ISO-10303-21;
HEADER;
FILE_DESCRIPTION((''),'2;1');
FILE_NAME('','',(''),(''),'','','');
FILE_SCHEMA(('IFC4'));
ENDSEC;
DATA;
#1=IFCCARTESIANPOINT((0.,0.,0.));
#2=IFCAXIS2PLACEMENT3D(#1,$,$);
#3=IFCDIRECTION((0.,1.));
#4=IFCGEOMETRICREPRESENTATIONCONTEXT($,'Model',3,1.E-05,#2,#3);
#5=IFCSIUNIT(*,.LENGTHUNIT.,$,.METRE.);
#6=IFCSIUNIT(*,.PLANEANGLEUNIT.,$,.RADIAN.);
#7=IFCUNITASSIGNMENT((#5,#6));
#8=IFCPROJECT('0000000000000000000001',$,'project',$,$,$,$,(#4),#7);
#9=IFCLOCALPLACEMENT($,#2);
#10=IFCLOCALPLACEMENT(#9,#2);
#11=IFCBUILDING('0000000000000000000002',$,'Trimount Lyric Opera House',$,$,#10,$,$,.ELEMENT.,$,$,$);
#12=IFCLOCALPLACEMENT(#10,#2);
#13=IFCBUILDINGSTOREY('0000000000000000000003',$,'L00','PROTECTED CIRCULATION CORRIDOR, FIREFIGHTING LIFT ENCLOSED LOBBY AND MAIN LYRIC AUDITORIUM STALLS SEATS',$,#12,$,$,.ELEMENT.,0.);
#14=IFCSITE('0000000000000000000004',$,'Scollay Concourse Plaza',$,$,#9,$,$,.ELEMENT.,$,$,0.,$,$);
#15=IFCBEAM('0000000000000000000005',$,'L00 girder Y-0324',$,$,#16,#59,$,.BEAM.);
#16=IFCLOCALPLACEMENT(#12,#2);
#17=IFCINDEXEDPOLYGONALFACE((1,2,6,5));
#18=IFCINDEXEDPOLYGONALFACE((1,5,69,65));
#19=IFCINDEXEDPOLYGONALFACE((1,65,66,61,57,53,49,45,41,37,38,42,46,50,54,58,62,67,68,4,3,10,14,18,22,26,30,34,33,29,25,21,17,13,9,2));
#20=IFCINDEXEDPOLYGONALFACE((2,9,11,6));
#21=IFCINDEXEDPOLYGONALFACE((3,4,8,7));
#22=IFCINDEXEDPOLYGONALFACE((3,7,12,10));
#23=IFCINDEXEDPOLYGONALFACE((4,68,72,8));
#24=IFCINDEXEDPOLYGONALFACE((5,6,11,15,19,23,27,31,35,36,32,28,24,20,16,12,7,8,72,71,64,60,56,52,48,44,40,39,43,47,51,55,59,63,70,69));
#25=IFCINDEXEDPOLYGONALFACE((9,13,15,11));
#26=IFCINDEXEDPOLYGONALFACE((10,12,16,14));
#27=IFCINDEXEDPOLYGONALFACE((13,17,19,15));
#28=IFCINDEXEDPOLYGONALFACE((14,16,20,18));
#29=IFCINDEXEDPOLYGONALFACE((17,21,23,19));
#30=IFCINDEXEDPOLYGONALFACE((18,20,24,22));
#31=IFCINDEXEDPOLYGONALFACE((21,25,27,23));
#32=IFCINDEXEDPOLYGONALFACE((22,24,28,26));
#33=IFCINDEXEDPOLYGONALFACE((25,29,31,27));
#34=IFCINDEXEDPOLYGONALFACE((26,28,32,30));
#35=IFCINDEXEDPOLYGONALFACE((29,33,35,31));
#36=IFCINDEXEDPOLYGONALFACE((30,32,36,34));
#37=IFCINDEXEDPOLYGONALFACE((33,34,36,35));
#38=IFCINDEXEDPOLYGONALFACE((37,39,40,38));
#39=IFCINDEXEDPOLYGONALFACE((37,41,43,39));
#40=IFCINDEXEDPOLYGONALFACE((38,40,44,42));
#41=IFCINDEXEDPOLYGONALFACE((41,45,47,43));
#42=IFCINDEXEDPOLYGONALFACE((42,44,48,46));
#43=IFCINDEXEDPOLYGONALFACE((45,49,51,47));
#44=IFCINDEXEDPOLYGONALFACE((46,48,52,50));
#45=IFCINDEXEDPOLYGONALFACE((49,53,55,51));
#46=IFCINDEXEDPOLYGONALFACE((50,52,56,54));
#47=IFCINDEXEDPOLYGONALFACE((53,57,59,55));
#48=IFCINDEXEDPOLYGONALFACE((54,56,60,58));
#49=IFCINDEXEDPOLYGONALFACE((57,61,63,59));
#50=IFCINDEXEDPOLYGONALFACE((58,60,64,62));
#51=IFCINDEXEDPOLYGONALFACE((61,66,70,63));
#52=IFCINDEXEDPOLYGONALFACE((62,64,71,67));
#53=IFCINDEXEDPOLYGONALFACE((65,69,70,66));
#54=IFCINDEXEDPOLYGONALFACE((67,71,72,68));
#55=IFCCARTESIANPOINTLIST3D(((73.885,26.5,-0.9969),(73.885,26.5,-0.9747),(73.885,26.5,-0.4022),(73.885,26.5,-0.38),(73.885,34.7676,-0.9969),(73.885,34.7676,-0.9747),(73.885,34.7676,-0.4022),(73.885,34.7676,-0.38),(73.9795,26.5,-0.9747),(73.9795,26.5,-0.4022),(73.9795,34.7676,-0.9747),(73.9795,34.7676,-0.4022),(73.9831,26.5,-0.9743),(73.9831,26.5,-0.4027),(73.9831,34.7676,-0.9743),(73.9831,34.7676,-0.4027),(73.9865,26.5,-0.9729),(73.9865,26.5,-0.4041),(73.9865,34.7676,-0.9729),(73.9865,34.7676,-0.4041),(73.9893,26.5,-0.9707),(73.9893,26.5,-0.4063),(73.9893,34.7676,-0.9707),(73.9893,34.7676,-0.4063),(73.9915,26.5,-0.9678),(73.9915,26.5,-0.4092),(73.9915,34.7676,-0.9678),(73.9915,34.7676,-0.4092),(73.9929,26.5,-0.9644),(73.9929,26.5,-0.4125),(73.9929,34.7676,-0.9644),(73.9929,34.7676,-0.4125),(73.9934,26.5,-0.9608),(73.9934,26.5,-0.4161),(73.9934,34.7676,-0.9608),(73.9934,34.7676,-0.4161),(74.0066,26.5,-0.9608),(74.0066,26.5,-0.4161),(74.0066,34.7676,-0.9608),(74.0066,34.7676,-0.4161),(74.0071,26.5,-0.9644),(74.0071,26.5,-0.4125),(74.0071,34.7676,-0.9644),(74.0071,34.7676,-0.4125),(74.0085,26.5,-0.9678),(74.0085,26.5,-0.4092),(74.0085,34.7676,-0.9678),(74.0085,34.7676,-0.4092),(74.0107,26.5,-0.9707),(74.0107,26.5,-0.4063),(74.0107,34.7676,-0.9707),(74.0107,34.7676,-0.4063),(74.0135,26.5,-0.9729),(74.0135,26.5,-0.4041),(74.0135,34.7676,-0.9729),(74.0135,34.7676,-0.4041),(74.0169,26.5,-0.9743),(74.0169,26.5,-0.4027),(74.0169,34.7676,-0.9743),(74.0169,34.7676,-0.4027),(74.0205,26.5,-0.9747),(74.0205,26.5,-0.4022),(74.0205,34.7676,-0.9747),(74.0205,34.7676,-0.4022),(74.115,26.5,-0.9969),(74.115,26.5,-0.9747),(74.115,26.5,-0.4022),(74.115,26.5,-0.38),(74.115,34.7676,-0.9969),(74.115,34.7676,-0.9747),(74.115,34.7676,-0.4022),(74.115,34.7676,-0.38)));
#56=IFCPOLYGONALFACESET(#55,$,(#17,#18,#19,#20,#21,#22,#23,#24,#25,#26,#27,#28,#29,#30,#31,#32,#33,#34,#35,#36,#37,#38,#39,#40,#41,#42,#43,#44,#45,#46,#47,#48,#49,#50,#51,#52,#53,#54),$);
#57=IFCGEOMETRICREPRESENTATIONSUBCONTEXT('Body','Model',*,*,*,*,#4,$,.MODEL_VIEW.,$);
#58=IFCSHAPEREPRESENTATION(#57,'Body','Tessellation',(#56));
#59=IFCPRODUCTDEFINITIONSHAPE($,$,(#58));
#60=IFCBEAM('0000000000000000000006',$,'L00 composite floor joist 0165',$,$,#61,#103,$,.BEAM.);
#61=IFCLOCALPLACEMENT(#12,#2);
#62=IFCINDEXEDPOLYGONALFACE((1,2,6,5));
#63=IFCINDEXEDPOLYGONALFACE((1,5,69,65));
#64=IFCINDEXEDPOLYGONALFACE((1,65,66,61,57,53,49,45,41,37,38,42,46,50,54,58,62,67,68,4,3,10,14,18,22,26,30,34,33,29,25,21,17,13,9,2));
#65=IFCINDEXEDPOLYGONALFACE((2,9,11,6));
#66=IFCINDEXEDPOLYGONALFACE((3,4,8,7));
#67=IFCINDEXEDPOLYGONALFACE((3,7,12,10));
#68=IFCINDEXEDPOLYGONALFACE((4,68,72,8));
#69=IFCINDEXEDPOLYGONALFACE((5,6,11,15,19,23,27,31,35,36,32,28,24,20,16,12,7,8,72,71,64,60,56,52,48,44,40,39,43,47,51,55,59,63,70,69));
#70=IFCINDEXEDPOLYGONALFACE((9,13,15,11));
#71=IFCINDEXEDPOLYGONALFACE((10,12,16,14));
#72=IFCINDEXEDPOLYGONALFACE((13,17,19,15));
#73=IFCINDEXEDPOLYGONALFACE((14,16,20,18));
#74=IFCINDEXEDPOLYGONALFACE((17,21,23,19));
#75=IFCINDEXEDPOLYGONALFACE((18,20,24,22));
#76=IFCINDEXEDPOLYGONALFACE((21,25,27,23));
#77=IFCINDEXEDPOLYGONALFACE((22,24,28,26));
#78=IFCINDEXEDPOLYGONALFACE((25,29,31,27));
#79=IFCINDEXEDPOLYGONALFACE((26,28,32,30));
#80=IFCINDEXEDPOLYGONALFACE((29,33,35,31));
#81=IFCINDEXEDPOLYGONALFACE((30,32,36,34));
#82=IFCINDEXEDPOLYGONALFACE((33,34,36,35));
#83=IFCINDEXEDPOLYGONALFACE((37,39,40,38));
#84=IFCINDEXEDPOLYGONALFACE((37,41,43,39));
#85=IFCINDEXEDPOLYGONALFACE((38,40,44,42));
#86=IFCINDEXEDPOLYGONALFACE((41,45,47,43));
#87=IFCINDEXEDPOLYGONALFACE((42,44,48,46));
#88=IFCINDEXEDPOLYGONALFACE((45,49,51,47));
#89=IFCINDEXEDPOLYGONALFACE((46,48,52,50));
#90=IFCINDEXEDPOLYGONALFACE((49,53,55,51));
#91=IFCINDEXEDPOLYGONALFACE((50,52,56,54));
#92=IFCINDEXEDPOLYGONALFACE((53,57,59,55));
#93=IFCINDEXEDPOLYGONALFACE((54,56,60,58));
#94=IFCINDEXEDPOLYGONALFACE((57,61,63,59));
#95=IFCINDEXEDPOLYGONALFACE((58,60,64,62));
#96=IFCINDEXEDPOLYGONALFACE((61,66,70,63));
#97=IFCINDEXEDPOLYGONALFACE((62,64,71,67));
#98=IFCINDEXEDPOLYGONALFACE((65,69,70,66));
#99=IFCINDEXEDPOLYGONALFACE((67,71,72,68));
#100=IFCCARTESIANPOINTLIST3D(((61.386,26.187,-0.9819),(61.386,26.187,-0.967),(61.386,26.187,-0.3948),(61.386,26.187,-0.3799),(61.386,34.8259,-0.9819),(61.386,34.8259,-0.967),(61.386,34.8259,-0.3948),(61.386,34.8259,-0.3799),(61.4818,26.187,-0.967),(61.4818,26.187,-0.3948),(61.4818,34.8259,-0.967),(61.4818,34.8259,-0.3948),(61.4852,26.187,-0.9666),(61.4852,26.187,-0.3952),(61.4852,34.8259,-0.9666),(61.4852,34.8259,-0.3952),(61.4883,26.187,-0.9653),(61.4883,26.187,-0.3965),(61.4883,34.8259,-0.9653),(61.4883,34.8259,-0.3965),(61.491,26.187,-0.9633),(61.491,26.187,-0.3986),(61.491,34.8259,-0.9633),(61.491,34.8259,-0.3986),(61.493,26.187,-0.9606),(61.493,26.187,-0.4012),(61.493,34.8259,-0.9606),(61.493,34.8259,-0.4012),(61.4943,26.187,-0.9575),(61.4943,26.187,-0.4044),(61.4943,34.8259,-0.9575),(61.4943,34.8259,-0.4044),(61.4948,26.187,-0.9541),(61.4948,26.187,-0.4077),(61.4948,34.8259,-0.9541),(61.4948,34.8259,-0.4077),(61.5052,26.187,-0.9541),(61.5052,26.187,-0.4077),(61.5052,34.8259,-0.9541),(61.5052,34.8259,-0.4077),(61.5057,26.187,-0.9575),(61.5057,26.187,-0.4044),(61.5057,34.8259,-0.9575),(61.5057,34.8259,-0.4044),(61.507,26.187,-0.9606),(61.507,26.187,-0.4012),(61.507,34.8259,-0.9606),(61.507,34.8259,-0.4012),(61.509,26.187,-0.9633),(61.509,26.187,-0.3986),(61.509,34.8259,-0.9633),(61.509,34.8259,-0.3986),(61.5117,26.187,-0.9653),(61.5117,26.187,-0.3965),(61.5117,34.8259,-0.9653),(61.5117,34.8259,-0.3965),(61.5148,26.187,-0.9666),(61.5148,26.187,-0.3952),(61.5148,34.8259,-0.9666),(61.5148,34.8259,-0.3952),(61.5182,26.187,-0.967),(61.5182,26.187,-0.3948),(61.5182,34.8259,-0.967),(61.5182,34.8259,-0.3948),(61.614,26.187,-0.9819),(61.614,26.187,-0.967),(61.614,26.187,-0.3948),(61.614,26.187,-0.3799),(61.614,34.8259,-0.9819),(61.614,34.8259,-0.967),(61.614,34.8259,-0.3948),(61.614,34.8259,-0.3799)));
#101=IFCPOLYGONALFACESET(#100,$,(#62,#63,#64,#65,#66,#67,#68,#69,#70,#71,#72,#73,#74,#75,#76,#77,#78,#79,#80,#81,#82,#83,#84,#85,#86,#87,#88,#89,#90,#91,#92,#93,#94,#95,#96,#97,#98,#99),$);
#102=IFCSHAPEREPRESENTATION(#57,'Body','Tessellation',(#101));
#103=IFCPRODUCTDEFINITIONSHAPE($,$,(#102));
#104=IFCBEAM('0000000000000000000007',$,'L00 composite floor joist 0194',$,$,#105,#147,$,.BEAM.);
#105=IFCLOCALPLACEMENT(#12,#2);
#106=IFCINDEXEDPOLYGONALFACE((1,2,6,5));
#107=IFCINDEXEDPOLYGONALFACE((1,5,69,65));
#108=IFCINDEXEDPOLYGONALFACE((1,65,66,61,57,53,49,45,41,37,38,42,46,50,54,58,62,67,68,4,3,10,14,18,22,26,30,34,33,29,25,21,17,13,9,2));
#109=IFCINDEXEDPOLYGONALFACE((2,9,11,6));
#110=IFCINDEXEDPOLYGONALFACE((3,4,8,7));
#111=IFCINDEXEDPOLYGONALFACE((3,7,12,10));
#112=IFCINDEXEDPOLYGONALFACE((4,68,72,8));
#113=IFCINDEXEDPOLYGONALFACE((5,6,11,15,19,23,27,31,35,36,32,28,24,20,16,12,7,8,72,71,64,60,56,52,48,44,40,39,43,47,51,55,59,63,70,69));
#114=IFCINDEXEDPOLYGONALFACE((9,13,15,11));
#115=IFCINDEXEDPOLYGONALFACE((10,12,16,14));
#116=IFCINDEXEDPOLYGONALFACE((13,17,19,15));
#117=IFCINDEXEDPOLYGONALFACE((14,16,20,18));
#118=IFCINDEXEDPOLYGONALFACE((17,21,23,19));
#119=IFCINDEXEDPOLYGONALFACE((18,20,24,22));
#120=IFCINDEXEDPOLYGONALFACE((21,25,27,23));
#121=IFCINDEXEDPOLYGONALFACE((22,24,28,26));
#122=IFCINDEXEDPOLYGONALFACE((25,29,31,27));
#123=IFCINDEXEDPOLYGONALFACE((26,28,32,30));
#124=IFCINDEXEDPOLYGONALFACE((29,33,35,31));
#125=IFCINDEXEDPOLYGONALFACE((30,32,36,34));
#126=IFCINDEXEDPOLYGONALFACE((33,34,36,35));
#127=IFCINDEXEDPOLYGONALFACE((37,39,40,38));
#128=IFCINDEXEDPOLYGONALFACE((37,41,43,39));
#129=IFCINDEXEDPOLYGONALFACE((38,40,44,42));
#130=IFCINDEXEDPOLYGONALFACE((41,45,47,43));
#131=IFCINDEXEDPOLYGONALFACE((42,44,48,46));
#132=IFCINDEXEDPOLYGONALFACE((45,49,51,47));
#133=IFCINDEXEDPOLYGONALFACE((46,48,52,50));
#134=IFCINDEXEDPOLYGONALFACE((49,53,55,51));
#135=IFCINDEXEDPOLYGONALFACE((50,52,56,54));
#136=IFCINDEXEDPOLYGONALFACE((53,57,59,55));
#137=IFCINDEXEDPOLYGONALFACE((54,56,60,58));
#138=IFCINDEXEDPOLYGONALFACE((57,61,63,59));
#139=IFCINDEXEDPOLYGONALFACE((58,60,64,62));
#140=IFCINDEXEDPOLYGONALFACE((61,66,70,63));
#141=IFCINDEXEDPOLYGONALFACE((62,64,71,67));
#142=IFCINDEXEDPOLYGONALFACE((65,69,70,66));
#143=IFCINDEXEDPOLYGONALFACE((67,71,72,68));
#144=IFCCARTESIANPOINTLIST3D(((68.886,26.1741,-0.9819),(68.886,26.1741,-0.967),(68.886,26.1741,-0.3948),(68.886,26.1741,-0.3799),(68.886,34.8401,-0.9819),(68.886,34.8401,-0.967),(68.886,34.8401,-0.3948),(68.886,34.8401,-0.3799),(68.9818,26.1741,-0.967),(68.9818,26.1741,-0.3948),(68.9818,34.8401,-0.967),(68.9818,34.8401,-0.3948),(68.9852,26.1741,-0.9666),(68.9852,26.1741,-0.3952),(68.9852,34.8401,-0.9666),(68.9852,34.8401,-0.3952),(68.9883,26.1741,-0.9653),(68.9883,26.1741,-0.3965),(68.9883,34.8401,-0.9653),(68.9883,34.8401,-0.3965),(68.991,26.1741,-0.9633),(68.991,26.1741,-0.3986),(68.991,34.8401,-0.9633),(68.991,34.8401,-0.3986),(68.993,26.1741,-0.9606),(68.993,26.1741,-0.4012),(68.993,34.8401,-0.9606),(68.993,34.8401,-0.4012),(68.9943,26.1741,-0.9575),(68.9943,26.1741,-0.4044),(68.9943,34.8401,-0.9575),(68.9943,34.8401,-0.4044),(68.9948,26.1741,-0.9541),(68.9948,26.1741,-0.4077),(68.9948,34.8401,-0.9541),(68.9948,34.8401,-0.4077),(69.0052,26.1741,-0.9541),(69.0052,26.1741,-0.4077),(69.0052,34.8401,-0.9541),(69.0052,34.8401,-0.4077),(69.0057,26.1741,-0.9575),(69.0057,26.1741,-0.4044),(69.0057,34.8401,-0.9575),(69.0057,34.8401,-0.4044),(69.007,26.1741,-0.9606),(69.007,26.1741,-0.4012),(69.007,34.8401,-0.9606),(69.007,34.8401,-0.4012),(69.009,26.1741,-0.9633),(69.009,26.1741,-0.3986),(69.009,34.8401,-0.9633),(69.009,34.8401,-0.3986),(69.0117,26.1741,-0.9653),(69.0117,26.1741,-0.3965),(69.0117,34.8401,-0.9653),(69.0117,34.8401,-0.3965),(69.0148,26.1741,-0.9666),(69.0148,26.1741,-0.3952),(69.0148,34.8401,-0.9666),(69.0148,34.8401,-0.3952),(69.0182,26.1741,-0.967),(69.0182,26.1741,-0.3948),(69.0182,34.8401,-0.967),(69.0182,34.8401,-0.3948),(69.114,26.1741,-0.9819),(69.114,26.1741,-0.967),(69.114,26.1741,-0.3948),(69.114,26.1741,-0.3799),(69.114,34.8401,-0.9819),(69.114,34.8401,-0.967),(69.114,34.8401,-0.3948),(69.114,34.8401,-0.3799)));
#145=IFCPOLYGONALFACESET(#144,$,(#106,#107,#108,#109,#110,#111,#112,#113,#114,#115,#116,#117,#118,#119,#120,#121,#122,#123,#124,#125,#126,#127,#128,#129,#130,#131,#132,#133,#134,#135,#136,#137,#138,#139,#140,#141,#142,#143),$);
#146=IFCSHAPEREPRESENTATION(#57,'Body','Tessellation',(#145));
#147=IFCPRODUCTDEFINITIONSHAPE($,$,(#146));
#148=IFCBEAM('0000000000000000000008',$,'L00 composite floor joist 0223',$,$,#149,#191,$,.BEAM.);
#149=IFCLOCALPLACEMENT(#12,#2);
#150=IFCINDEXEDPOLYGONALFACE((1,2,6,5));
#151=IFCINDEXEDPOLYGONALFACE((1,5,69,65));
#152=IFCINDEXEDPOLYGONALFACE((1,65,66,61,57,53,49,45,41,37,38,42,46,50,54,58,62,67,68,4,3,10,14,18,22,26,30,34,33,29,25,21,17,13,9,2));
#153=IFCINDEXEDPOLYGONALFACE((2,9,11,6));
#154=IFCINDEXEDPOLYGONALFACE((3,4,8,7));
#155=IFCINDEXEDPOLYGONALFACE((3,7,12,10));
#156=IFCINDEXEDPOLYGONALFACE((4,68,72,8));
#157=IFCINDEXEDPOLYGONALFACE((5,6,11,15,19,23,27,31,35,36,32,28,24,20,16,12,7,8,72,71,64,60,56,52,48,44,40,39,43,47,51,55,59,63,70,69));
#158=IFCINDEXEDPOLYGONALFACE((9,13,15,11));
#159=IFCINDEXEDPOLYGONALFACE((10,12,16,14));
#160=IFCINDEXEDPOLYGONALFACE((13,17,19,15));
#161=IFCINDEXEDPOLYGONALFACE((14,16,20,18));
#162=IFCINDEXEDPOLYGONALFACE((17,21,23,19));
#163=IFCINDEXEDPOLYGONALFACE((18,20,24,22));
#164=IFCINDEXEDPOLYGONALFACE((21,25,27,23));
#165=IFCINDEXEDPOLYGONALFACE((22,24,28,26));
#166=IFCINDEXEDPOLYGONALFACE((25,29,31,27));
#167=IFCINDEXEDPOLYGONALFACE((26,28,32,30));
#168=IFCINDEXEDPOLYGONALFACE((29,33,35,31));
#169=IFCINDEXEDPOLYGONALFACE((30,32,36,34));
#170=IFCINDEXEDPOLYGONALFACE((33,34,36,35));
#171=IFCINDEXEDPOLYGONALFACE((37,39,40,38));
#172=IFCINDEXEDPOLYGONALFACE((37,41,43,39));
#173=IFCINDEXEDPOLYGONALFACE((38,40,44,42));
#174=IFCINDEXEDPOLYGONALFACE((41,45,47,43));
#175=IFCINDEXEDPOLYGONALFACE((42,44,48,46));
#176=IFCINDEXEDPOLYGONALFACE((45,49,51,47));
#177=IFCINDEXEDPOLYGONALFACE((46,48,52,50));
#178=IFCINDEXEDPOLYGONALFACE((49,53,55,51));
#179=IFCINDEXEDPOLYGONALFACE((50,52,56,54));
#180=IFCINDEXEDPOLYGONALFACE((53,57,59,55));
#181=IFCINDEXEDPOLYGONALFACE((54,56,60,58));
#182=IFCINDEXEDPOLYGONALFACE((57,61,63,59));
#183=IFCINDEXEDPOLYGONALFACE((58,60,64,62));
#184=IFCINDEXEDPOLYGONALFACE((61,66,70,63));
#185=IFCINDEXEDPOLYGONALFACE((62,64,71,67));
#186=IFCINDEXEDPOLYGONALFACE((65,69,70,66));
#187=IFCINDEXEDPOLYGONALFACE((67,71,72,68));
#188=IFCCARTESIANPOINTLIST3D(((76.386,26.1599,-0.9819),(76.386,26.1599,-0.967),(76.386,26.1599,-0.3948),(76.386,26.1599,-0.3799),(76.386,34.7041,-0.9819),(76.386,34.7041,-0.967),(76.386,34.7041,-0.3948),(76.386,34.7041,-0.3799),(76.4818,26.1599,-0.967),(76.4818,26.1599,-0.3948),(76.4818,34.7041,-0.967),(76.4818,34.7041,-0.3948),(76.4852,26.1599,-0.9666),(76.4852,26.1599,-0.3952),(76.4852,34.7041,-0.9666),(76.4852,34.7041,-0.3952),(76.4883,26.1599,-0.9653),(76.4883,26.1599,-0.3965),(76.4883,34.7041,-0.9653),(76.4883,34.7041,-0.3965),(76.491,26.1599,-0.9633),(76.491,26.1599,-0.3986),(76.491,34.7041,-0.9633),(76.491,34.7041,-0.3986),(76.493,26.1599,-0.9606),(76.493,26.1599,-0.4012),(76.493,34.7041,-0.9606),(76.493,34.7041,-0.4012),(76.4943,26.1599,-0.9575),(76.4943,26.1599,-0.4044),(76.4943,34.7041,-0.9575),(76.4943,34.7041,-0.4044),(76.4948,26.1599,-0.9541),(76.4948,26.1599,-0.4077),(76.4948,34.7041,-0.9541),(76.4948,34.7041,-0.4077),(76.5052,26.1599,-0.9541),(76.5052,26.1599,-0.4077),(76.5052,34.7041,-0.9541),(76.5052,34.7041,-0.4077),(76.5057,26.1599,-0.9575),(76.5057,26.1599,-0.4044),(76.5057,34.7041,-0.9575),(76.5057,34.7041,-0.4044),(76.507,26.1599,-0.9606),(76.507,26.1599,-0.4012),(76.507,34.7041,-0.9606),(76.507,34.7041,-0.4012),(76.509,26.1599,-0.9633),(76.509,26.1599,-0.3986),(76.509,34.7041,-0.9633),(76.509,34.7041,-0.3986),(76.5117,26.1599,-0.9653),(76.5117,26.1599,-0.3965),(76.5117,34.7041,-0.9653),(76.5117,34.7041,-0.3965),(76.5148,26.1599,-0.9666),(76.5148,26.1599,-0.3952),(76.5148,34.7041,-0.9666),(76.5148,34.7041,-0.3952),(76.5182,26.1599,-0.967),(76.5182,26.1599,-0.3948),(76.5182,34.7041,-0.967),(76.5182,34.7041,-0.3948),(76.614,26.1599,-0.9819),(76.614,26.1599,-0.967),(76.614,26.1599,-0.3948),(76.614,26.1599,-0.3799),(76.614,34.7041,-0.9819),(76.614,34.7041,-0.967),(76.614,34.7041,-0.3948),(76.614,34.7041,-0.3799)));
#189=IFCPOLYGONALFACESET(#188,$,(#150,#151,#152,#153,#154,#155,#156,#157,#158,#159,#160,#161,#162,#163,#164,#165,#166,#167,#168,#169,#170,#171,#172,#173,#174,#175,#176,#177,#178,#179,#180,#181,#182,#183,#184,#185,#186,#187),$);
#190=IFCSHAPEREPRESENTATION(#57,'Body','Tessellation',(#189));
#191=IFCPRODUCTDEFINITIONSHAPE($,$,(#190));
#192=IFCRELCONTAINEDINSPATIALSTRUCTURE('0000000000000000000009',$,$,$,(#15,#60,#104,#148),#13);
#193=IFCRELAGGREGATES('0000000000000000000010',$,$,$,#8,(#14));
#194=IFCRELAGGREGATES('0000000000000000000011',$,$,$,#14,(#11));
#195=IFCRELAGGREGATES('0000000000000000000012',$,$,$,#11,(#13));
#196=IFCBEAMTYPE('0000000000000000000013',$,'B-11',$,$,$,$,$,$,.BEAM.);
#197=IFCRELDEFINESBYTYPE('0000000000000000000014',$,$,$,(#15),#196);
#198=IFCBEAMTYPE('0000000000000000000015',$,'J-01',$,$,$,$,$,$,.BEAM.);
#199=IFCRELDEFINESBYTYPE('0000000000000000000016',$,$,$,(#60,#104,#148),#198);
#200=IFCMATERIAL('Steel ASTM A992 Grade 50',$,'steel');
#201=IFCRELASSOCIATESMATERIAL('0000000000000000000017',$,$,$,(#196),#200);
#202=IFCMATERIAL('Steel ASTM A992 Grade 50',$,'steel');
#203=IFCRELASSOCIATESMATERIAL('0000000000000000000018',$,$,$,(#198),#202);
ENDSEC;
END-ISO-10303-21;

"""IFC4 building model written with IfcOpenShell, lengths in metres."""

from ifc_helpers import new_model, si_unit, direction, frame, origin, origin_2d, place, context, subcontext, project, spatial, i_section, extrude, material, material_profile, profile_set, type_object, element, save


model = new_model("IFC4")

# Units and contexts
model_context = context("Model", 3, precision=1e-05, world=origin(), true_north=direction((0.0, 1.0)))
body_context = subcontext(model_context, "Body", "Model", "MODEL_VIEW")
ifc_project = project(units=[si_unit("LENGTHUNIT", "METRE"), si_unit("PLANEANGLEUNIT", "RADIAN")], contexts=[model_context])

# Site, building, storey
site_placement = place(None, origin())
site = spatial("IfcSite", under=ifc_project, at=site_placement, Name="Scollay Concourse Plaza", CompositionType="ELEMENT", RefElevation=0.0)
building_placement = place(site_placement, origin())
building = spatial("IfcBuilding", under=site, at=building_placement, Name="Trimount Lyric Opera House", CompositionType="ELEMENT")
storey_placement = place(building_placement, origin())
storey = spatial("IfcBuildingStorey", under=building, at=storey_placement, Name="L00", Description="PROTECTED CIRCULATION CORRIDOR, FIREFIGHTING LIFT ENCLOSED LOBBY AND MAIN LYRIC AUDITORIUM STALLS SEATS", CompositionType="ELEMENT", Elevation=0.0)

# Beams
ifc_material_1 = material(Name="Steel ASTM A992 Grade 50", Category="steel")
ifc_material_profile_1 = material_profile(ifc_material_1, i_section(OverallWidth=0.23, OverallDepth=0.6169, WebThickness=0.0132, FlangeThickness=0.0222, FilletRadius=0.0139, at=origin_2d()), Name="W24X94")
ifc_profile_set_1 = profile_set([ifc_material_profile_1], Name="Steel ASTM A992 Grade 50")
beam_type_1 = type_object("IfcBeamType", Name="B-11", PredefinedType="BEAM", material=ifc_profile_set_1)
beam_1_placement = place(storey_placement, frame((74.0, 26.5, -0.6885), z_axis=(0.0, 1.0, 0.0), x_axis=(-1.0, 0.0, 0.0)))
element("IfcBeam", 1, at=beam_1_placement, inside=storey, type_object=beam_type_1, Name="L00 girder Y-0324", PredefinedType="BEAM", context=body_context, shape_type="SweptSolid", body=[
    extrude(i_section(OverallWidth=0.23, OverallDepth=0.6169, WebThickness=0.0132, FlangeThickness=0.0222, FilletRadius=0.0139, at=origin_2d()), origin(), (0.0, 0.0, 1.0), 8.2676),
])
ifc_material_2 = material(Name="Steel ASTM A992 Grade 50", Category="steel")
ifc_material_profile_2 = material_profile(ifc_material_2, i_section(OverallWidth=0.228, OverallDepth=0.6021, WebThickness=0.0105, FlangeThickness=0.0149, FilletRadius=0.0129, at=origin_2d()), Name="W24X68")
ifc_profile_set_2 = profile_set([ifc_material_profile_2], Name="Steel ASTM A992 Grade 50")
beam_type_2 = type_object("IfcBeamType", Name="J-01", PredefinedType="BEAM", material=ifc_profile_set_2)
beam_2_placement = place(storey_placement, frame((61.5, 26.187, -0.6809), z_axis=(0.0, 1.0, 0.0), x_axis=(-1.0, 0.0, 0.0)))
element("IfcBeam", 2, at=beam_2_placement, inside=storey, type_object=beam_type_2, Name="L00 composite floor joist 0165", PredefinedType="BEAM", context=body_context, shape_type="SweptSolid", body=[
    extrude(i_section(OverallWidth=0.228, OverallDepth=0.6021, WebThickness=0.0105, FlangeThickness=0.0149, FilletRadius=0.0129, at=origin_2d()), origin(), (0.0, 0.0, 1.0), 8.6389),
])
beam_3_placement = place(storey_placement, frame((69.0, 26.1741, -0.6809), z_axis=(0.0, 1.0, 0.0), x_axis=(-1.0, 0.0, 0.0)))
element("IfcBeam", 3, at=beam_3_placement, inside=storey, type_object=beam_type_2, Name="L00 composite floor joist 0194", PredefinedType="BEAM", context=body_context, shape_type="SweptSolid", body=[
    extrude(i_section(OverallWidth=0.228, OverallDepth=0.6021, WebThickness=0.0105, FlangeThickness=0.0149, FilletRadius=0.0129, at=origin_2d()), origin(), (0.0, 0.0, 1.0), 8.666),
])
beam_4_placement = place(storey_placement, frame((76.5, 26.1599, -0.6809), z_axis=(0.0, 1.0, 0.0), x_axis=(-1.0, 0.0, 0.0)))
element("IfcBeam", 4, at=beam_4_placement, inside=storey, type_object=beam_type_2, Name="L00 composite floor joist 0223", PredefinedType="BEAM", context=body_context, shape_type="SweptSolid", body=[
    extrude(i_section(OverallWidth=0.228, OverallDepth=0.6021, WebThickness=0.0105, FlangeThickness=0.0149, FilletRadius=0.0129, at=origin_2d()), origin(), (0.0, 0.0, 1.0), 8.5442),
])

save(model, "model.ifc")
